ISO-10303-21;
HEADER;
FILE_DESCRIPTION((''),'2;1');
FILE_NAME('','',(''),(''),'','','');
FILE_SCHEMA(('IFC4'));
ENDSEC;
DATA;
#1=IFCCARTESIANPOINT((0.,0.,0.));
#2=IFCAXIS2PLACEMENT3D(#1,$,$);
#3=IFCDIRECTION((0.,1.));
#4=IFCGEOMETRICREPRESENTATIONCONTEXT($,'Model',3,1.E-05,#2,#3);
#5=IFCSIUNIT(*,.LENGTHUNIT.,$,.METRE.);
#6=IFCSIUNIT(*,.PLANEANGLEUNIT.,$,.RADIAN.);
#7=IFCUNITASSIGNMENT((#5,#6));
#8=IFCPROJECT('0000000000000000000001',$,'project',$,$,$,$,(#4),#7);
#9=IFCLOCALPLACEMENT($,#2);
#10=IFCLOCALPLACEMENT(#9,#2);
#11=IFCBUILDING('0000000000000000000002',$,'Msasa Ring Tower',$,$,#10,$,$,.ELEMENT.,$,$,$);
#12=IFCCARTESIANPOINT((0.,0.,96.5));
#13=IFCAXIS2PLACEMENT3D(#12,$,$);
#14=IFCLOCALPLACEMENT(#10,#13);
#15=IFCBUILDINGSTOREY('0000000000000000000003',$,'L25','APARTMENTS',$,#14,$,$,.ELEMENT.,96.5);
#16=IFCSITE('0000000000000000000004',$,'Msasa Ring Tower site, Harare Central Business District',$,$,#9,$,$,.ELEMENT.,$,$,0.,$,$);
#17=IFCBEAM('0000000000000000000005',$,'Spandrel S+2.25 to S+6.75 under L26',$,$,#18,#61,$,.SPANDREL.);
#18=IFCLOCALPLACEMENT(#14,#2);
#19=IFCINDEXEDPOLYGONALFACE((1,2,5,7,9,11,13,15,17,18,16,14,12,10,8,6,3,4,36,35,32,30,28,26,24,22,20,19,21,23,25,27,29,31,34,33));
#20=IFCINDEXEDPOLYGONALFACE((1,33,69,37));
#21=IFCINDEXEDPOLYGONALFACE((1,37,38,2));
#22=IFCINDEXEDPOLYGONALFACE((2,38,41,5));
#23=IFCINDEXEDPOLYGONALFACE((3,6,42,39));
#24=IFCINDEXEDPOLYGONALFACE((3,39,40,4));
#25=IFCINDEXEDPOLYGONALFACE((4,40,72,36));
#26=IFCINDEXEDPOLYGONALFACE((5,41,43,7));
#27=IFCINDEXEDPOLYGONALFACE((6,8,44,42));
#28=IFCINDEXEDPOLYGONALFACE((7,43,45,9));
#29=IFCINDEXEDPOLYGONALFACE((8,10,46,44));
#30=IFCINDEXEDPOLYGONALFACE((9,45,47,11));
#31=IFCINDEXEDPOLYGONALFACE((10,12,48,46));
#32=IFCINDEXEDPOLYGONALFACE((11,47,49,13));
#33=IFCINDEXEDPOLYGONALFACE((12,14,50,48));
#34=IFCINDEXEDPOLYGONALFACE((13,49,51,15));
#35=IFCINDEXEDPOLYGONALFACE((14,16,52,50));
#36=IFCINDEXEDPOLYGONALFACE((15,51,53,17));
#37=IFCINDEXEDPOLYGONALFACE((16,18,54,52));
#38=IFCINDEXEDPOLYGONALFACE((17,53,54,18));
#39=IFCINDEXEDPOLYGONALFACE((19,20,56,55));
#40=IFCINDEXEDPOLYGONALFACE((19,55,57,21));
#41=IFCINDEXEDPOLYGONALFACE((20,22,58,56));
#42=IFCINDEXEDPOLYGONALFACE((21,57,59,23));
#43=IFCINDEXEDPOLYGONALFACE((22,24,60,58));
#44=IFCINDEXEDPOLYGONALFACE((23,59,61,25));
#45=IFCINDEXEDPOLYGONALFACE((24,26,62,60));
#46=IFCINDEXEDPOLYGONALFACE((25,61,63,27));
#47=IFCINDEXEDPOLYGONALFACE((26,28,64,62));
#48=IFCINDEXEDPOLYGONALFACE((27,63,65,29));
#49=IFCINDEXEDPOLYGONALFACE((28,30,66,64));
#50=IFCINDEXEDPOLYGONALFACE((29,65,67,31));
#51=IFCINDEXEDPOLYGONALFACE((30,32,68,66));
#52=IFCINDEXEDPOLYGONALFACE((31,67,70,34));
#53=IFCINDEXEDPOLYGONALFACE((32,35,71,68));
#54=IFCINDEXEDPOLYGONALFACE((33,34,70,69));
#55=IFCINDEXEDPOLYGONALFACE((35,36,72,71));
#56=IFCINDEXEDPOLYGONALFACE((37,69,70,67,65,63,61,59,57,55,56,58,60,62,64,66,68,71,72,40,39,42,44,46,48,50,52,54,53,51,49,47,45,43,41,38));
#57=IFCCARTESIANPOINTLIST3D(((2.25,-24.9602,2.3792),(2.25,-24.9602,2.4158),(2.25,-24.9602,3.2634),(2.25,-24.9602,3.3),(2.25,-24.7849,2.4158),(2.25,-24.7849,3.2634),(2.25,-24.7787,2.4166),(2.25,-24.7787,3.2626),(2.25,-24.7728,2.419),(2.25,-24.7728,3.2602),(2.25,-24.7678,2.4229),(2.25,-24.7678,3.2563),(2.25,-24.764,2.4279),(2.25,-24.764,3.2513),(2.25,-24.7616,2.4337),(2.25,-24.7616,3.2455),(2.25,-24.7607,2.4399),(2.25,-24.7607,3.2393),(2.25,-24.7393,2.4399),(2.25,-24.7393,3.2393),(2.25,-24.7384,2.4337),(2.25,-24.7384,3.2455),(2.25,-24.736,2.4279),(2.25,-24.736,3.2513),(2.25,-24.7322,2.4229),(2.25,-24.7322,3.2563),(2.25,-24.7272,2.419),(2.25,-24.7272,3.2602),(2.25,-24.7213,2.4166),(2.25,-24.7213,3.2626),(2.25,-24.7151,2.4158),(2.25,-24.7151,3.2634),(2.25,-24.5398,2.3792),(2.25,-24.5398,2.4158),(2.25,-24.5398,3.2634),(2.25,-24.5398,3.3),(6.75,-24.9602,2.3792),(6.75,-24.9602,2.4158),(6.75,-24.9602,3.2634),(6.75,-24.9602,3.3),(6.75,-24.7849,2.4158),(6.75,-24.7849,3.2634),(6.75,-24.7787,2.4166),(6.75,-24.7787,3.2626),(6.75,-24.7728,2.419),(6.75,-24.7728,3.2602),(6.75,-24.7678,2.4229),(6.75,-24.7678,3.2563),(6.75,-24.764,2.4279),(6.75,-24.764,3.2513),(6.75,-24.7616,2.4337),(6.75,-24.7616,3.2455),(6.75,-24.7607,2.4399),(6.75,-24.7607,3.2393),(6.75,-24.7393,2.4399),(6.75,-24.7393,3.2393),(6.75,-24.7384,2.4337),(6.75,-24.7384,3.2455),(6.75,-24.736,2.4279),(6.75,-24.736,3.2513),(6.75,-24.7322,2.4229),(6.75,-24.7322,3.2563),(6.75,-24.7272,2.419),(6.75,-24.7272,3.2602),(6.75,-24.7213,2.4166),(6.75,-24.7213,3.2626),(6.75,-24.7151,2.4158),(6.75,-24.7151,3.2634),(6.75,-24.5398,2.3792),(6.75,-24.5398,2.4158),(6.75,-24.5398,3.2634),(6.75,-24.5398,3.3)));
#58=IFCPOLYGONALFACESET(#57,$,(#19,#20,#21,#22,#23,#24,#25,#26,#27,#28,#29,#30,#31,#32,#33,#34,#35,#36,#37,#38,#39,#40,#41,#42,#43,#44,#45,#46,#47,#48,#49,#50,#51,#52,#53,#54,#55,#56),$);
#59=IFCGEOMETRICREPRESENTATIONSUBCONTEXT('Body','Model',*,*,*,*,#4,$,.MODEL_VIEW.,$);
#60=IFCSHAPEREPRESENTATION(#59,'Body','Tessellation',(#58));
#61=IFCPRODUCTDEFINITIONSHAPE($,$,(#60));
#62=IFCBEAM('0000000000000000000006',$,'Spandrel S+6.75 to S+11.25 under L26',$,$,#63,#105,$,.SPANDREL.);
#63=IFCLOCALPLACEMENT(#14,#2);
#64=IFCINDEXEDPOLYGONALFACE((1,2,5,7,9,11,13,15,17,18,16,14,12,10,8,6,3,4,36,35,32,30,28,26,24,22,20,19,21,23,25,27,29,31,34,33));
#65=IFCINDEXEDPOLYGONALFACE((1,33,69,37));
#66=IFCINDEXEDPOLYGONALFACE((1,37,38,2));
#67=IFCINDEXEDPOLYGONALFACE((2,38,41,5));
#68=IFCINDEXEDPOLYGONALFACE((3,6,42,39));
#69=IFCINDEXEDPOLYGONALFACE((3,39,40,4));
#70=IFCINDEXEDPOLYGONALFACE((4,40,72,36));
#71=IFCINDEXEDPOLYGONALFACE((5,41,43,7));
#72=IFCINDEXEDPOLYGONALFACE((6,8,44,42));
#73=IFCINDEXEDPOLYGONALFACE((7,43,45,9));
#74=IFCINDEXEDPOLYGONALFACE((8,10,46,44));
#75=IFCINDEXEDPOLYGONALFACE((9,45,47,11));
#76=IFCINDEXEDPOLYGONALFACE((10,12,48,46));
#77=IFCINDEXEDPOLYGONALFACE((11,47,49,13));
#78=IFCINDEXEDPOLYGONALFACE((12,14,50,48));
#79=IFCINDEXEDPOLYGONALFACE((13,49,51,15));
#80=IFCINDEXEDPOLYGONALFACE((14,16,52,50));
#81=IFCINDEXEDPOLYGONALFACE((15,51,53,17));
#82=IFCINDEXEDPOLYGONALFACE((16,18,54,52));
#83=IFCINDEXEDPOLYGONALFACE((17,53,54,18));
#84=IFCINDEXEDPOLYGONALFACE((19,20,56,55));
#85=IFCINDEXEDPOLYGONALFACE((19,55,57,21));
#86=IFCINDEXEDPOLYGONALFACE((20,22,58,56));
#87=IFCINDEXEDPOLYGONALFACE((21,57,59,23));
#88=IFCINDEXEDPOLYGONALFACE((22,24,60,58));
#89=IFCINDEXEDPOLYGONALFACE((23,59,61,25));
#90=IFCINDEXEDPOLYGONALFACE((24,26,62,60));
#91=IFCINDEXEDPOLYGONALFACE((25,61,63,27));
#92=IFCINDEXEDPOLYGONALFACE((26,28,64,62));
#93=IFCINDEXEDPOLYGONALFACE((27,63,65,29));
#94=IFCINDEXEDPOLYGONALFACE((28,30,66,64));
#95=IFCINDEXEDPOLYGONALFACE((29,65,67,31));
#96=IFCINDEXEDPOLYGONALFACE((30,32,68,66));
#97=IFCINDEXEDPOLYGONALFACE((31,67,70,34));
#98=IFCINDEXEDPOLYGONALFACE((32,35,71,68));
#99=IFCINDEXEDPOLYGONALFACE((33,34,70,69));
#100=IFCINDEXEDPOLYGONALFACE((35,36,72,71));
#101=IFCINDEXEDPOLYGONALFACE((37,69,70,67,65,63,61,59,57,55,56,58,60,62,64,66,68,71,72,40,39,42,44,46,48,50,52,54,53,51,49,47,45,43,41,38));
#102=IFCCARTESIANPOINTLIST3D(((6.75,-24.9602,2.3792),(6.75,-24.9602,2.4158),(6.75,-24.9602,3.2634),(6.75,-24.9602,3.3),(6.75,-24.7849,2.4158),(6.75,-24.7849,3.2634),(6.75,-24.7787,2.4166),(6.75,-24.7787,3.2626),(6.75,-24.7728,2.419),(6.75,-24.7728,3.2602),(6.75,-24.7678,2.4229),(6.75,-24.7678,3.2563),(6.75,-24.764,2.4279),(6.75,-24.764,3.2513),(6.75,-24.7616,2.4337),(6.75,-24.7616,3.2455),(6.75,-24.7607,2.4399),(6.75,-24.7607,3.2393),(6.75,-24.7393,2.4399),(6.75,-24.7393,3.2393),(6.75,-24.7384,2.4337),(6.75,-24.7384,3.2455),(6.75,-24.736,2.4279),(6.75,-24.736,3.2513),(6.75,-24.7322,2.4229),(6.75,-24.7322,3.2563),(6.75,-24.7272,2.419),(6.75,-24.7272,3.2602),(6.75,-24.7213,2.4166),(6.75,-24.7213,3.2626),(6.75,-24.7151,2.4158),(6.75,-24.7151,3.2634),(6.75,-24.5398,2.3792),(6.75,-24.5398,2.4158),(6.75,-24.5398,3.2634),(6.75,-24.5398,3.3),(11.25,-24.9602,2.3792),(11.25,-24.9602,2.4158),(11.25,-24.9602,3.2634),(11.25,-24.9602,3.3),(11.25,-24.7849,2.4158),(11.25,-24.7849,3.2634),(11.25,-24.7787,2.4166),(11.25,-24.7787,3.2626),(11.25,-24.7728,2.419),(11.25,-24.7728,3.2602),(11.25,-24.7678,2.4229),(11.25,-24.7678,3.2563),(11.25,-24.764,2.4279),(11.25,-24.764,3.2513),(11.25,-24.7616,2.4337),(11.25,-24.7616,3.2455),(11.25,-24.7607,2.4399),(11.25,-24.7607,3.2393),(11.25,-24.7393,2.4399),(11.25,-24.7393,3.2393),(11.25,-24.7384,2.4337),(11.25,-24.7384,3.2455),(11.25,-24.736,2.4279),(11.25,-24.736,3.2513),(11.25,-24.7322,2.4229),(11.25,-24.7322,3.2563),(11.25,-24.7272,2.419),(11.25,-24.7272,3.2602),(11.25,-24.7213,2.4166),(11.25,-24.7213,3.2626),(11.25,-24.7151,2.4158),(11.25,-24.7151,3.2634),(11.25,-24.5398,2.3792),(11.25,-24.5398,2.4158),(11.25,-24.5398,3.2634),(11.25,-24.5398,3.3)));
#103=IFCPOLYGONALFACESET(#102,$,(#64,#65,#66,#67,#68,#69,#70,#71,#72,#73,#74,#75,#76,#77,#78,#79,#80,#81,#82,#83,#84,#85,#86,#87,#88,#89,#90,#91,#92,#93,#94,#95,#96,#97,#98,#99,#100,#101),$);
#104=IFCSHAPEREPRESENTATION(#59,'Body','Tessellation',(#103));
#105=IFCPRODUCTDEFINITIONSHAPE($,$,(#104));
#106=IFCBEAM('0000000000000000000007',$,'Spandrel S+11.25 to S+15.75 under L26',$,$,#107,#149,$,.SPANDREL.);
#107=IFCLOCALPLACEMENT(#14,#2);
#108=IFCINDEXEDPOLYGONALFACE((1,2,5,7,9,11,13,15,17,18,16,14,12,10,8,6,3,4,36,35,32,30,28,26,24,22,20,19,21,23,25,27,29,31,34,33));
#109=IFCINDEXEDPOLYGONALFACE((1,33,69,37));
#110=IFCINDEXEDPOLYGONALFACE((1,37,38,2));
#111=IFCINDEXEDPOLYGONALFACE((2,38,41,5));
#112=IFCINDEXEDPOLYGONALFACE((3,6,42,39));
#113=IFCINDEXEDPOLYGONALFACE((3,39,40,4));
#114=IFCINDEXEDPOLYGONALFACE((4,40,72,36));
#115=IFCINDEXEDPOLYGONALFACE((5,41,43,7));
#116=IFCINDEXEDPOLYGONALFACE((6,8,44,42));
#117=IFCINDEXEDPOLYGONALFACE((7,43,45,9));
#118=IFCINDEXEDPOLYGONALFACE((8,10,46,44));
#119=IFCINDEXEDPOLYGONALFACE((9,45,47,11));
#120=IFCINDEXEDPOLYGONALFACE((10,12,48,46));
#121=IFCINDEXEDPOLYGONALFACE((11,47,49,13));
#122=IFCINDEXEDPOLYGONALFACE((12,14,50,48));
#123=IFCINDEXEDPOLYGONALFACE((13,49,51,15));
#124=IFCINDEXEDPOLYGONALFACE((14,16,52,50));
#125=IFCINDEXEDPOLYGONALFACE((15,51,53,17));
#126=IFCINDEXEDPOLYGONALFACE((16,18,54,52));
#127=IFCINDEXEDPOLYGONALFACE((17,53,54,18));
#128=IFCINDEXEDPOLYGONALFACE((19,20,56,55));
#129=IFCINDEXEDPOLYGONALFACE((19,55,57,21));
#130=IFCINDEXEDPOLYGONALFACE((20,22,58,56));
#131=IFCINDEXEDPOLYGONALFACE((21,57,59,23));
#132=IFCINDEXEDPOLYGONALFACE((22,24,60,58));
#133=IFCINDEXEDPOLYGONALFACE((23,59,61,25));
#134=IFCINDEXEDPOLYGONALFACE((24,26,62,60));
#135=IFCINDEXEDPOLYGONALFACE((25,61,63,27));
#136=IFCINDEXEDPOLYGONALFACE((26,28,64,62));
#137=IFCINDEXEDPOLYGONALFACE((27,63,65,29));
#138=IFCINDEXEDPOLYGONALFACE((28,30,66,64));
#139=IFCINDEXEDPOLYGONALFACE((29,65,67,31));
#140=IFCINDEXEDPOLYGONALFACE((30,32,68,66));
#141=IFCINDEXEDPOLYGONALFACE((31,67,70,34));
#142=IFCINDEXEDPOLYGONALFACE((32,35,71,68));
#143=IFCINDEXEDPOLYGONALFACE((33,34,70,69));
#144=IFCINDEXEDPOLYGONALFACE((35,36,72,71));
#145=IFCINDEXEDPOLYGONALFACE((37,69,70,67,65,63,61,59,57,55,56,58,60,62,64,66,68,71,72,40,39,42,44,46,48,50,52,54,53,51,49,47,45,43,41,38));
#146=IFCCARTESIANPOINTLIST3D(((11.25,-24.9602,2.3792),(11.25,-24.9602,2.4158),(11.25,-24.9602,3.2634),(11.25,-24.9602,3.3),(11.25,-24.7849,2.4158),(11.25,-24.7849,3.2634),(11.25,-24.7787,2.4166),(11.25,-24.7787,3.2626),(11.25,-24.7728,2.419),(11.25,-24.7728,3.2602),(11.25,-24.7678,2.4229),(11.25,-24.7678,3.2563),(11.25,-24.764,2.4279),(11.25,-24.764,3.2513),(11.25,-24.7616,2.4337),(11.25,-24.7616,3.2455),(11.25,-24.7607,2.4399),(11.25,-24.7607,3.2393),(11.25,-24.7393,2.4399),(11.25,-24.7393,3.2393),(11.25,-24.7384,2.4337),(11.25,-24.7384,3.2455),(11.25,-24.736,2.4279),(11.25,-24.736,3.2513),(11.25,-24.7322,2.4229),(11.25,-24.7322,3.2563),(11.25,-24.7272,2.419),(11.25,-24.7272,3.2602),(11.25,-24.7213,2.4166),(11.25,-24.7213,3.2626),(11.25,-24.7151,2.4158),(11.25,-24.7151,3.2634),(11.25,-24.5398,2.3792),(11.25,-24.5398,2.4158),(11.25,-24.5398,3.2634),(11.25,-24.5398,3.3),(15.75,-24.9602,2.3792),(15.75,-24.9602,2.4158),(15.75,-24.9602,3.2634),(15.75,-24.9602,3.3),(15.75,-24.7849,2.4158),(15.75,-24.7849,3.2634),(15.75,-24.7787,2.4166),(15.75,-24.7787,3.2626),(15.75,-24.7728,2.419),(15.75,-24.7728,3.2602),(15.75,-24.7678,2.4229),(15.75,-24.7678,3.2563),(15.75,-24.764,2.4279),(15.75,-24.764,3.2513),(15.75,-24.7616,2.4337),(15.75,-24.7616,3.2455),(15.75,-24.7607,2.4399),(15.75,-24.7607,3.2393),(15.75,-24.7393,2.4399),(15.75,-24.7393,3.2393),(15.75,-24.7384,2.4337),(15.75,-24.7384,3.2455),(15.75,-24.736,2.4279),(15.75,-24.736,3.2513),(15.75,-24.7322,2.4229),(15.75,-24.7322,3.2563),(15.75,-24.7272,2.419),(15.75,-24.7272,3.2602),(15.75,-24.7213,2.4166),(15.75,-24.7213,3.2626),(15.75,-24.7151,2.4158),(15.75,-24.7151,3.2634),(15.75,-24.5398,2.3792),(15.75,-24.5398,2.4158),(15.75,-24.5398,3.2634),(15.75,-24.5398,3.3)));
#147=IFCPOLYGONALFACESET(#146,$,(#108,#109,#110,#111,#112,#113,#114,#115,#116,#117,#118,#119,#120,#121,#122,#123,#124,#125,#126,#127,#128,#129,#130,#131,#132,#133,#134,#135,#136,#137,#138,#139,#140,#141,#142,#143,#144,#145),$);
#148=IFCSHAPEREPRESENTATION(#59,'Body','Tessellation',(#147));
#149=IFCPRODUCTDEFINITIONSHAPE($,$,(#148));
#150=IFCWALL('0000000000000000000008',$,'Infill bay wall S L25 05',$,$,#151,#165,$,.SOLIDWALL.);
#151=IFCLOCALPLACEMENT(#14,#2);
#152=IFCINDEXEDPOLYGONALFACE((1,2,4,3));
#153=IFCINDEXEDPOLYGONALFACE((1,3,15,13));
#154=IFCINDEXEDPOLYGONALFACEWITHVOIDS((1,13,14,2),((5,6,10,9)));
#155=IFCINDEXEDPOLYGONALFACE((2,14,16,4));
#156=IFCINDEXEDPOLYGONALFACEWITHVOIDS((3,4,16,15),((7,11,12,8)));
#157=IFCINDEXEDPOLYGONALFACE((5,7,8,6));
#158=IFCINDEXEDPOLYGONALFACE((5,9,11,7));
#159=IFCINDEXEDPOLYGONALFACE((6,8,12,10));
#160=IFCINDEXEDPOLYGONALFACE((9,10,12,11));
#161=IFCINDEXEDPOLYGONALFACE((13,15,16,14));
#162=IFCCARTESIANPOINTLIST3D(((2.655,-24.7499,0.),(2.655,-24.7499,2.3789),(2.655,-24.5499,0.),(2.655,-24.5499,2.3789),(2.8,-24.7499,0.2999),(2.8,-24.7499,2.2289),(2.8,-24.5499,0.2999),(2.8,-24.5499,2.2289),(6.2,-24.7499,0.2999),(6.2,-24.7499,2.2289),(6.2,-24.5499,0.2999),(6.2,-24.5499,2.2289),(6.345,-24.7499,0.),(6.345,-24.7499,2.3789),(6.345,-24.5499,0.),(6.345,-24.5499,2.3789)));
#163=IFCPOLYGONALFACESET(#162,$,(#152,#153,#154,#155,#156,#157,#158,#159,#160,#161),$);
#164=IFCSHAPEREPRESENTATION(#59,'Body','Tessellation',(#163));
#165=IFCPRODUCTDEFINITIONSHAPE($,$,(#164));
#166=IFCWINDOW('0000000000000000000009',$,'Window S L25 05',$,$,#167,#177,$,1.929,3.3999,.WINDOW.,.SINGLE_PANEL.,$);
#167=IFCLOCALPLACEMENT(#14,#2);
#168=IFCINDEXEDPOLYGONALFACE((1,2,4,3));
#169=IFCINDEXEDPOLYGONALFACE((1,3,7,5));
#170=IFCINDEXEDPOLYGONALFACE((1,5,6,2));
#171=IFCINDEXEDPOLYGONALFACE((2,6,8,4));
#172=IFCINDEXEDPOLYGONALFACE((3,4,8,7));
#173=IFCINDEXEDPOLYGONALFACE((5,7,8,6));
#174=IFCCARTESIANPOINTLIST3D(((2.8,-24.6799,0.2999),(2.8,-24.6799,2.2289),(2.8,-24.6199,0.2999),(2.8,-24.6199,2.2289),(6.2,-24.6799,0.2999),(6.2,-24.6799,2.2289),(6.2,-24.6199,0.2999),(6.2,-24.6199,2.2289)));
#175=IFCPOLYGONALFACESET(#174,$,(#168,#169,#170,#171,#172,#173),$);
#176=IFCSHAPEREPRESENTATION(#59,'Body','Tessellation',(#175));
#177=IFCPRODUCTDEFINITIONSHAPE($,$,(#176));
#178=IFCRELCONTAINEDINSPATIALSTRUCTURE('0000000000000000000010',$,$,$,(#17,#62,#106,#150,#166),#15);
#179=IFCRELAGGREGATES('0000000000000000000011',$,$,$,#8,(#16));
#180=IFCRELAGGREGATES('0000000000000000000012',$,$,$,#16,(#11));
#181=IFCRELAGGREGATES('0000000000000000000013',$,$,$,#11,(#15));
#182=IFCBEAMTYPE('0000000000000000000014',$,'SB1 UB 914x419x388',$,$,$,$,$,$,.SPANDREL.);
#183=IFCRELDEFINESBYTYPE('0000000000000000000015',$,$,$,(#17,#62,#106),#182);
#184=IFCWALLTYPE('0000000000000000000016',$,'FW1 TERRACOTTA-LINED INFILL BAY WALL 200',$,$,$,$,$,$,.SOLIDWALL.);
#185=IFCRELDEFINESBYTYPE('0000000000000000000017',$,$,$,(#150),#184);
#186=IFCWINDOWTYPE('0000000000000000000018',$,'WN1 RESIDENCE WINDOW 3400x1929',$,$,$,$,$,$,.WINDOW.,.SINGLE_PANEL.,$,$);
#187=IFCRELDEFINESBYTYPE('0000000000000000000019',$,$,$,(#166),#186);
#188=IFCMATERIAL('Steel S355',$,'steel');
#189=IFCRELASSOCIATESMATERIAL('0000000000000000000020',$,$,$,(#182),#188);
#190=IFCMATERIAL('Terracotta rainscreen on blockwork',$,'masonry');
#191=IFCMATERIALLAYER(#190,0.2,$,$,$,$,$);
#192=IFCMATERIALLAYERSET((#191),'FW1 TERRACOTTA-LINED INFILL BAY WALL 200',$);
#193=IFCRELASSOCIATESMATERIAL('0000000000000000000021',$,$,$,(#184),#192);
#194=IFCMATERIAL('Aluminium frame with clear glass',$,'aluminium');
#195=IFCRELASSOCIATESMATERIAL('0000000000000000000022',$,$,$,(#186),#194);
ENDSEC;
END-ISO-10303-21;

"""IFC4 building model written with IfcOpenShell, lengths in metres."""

from ifc_helpers import new_model, si_unit, direction, frame, frame_2d, origin, origin_2d, place, context, subcontext, project, spatial, rectangle, i_section, extrude, material, layer, layer_set, material_profile, profile_set, type_object, element, fill, save


model = new_model("IFC4")

# Units and contexts
model_context = context("Model", 3, precision=1e-05, world=origin(), true_north=direction((0.0, 1.0)))
body_context = subcontext(model_context, "Body", "Model", "MODEL_VIEW")
ifc_project = project(units=[si_unit("LENGTHUNIT", "METRE"), si_unit("PLANEANGLEUNIT", "RADIAN")], contexts=[model_context])

# Site, building, storey
site_placement = place(None, origin())
site = spatial("IfcSite", under=ifc_project, at=site_placement, Name="Msasa Ring Tower site, Harare Central Business District", CompositionType="ELEMENT", RefElevation=0.0)
building_placement = place(site_placement, origin())
building = spatial("IfcBuilding", under=site, at=building_placement, Name="Msasa Ring Tower", CompositionType="ELEMENT")
storey_placement = place(building_placement, frame((0.0, 0.0, 96.5)))
storey = spatial("IfcBuildingStorey", under=building, at=storey_placement, Name="L25", Description="APARTMENTS", CompositionType="ELEMENT", Elevation=96.5)

# Beams
ifc_material_1 = material(Name="Steel S355", Category="steel")
ifc_material_profile_1 = material_profile(ifc_material_1, i_section(OverallWidth=0.4204, OverallDepth=0.9209, WebThickness=0.0215, FlangeThickness=0.0366, FilletRadius=0.0242, at=origin_2d()), Name="UB 914x419x388")
ifc_profile_set_1 = profile_set([ifc_material_profile_1], Name="Steel S355")
beam_type_1 = type_object("IfcBeamType", Name="SB1 UB 914x419x388", PredefinedType="SPANDREL", material=ifc_profile_set_1)
for number, where, z_axis, x_axis, name in (
    (1, (2.25, -24.75, 2.8396), (1.0, 0.0, 0.0), (0.0, 1.0, 0.0), "Spandrel S+2.25 to S+6.75 under L26"),
    (2, (6.75, -24.75, 2.8396), (1.0, 0.0, 0.0), (0.0, 1.0, 0.0), "Spandrel S+6.75 to S+11.25 under L26"),
    (3, (11.25, -24.75, 2.8396), (1.0, 0.0, 0.0), (0.0, 1.0, 0.0), "Spandrel S+11.25 to S+15.75 under L26"),
):
    element("IfcBeam", number, at=place(storey_placement, frame(where, z_axis=z_axis, x_axis=x_axis)), inside=storey, type_object=beam_type_1, Name=name, PredefinedType="SPANDREL", context=body_context, shape_type="SweptSolid", body=[
        extrude(i_section(OverallWidth=0.4204, OverallDepth=0.9209, WebThickness=0.0215, FlangeThickness=0.0366, FilletRadius=0.0242, at=origin_2d()), origin(), (0.0, 0.0, 1.0), 4.5),
    ])

# Wall, opening, window
ifc_material_2 = material(Name="Terracotta rainscreen on blockwork", Category="masonry")
ifc_layer_1 = layer(ifc_material_2, 0.2)
ifc_layer_set_1 = layer_set([ifc_layer_1], Name="FW1 TERRACOTTA-LINED INFILL BAY WALL 200")
wall_type_1 = type_object("IfcWallType", Name="FW1 TERRACOTTA-LINED INFILL BAY WALL 200", PredefinedType="SOLIDWALL", material=ifc_layer_set_1)
wall_1_placement = place(storey_placement, frame((2.655, -24.6499, 0.0), z_axis=(0.0, 0.0, 1.0), x_axis=(1.0, 0.0, 0.0)))
wall_1 = element("IfcWall", 4, at=wall_1_placement, inside=storey, type_object=wall_type_1, Name="Infill bay wall S L25 05", PredefinedType="SOLIDWALL", context=body_context, shape_type="SweptSolid", body=[
    extrude(rectangle(XDim=3.6899, YDim=0.2, at=frame_2d((1.845, 0.0))), origin(), (0.0, 0.0, 1.0), 2.3789),
])
opening_1_placement = place(wall_1_placement, frame((0.145, 0.0, 0.3)))
opening_1 = element("IfcOpeningElement", 5, at=opening_1_placement, cuts=wall_1, PredefinedType="OPENING", context=body_context, shape_type="SweptSolid", body=[
    extrude(rectangle(XDim=3.3999, YDim=1.929, at=frame_2d((1.7, 0.9644))), frame((0.0, 0.1099, 0.0), z_axis=(0.0, -1.0, 0.0), x_axis=(1.0, 0.0, 0.0)), (0.0, 0.0, 1.0), 0.22),
])
ifc_material_3 = material(Name="Aluminium frame with clear glass", Category="aluminium")
window_type = type_object("IfcWindowType", Name="WN1 RESIDENCE WINDOW 3400x1929", PartitioningType="SINGLE_PANEL", PredefinedType="WINDOW", material=ifc_material_3)
window_1_placement = place(opening_1_placement, origin())
window_1 = element("IfcWindow", 6, at=window_1_placement, inside=storey, type_object=window_type, Name="Window S L25 05", OverallHeight=1.929, OverallWidth=3.3999, PartitioningType="SINGLE_PANEL", PredefinedType="WINDOW", context=body_context, shape_type="SweptSolid", body=[
    extrude(rectangle(XDim=3.3999, YDim=1.929, at=frame_2d((1.7, 0.9644))), frame((0.0, 0.03, 0.0), z_axis=(0.0, -1.0, 0.0), x_axis=(1.0, 0.0, 0.0)), (0.0, 0.0, 1.0), 0.0601),
])
fill(opening_1, window_1)

save(model, "model.ifc")
